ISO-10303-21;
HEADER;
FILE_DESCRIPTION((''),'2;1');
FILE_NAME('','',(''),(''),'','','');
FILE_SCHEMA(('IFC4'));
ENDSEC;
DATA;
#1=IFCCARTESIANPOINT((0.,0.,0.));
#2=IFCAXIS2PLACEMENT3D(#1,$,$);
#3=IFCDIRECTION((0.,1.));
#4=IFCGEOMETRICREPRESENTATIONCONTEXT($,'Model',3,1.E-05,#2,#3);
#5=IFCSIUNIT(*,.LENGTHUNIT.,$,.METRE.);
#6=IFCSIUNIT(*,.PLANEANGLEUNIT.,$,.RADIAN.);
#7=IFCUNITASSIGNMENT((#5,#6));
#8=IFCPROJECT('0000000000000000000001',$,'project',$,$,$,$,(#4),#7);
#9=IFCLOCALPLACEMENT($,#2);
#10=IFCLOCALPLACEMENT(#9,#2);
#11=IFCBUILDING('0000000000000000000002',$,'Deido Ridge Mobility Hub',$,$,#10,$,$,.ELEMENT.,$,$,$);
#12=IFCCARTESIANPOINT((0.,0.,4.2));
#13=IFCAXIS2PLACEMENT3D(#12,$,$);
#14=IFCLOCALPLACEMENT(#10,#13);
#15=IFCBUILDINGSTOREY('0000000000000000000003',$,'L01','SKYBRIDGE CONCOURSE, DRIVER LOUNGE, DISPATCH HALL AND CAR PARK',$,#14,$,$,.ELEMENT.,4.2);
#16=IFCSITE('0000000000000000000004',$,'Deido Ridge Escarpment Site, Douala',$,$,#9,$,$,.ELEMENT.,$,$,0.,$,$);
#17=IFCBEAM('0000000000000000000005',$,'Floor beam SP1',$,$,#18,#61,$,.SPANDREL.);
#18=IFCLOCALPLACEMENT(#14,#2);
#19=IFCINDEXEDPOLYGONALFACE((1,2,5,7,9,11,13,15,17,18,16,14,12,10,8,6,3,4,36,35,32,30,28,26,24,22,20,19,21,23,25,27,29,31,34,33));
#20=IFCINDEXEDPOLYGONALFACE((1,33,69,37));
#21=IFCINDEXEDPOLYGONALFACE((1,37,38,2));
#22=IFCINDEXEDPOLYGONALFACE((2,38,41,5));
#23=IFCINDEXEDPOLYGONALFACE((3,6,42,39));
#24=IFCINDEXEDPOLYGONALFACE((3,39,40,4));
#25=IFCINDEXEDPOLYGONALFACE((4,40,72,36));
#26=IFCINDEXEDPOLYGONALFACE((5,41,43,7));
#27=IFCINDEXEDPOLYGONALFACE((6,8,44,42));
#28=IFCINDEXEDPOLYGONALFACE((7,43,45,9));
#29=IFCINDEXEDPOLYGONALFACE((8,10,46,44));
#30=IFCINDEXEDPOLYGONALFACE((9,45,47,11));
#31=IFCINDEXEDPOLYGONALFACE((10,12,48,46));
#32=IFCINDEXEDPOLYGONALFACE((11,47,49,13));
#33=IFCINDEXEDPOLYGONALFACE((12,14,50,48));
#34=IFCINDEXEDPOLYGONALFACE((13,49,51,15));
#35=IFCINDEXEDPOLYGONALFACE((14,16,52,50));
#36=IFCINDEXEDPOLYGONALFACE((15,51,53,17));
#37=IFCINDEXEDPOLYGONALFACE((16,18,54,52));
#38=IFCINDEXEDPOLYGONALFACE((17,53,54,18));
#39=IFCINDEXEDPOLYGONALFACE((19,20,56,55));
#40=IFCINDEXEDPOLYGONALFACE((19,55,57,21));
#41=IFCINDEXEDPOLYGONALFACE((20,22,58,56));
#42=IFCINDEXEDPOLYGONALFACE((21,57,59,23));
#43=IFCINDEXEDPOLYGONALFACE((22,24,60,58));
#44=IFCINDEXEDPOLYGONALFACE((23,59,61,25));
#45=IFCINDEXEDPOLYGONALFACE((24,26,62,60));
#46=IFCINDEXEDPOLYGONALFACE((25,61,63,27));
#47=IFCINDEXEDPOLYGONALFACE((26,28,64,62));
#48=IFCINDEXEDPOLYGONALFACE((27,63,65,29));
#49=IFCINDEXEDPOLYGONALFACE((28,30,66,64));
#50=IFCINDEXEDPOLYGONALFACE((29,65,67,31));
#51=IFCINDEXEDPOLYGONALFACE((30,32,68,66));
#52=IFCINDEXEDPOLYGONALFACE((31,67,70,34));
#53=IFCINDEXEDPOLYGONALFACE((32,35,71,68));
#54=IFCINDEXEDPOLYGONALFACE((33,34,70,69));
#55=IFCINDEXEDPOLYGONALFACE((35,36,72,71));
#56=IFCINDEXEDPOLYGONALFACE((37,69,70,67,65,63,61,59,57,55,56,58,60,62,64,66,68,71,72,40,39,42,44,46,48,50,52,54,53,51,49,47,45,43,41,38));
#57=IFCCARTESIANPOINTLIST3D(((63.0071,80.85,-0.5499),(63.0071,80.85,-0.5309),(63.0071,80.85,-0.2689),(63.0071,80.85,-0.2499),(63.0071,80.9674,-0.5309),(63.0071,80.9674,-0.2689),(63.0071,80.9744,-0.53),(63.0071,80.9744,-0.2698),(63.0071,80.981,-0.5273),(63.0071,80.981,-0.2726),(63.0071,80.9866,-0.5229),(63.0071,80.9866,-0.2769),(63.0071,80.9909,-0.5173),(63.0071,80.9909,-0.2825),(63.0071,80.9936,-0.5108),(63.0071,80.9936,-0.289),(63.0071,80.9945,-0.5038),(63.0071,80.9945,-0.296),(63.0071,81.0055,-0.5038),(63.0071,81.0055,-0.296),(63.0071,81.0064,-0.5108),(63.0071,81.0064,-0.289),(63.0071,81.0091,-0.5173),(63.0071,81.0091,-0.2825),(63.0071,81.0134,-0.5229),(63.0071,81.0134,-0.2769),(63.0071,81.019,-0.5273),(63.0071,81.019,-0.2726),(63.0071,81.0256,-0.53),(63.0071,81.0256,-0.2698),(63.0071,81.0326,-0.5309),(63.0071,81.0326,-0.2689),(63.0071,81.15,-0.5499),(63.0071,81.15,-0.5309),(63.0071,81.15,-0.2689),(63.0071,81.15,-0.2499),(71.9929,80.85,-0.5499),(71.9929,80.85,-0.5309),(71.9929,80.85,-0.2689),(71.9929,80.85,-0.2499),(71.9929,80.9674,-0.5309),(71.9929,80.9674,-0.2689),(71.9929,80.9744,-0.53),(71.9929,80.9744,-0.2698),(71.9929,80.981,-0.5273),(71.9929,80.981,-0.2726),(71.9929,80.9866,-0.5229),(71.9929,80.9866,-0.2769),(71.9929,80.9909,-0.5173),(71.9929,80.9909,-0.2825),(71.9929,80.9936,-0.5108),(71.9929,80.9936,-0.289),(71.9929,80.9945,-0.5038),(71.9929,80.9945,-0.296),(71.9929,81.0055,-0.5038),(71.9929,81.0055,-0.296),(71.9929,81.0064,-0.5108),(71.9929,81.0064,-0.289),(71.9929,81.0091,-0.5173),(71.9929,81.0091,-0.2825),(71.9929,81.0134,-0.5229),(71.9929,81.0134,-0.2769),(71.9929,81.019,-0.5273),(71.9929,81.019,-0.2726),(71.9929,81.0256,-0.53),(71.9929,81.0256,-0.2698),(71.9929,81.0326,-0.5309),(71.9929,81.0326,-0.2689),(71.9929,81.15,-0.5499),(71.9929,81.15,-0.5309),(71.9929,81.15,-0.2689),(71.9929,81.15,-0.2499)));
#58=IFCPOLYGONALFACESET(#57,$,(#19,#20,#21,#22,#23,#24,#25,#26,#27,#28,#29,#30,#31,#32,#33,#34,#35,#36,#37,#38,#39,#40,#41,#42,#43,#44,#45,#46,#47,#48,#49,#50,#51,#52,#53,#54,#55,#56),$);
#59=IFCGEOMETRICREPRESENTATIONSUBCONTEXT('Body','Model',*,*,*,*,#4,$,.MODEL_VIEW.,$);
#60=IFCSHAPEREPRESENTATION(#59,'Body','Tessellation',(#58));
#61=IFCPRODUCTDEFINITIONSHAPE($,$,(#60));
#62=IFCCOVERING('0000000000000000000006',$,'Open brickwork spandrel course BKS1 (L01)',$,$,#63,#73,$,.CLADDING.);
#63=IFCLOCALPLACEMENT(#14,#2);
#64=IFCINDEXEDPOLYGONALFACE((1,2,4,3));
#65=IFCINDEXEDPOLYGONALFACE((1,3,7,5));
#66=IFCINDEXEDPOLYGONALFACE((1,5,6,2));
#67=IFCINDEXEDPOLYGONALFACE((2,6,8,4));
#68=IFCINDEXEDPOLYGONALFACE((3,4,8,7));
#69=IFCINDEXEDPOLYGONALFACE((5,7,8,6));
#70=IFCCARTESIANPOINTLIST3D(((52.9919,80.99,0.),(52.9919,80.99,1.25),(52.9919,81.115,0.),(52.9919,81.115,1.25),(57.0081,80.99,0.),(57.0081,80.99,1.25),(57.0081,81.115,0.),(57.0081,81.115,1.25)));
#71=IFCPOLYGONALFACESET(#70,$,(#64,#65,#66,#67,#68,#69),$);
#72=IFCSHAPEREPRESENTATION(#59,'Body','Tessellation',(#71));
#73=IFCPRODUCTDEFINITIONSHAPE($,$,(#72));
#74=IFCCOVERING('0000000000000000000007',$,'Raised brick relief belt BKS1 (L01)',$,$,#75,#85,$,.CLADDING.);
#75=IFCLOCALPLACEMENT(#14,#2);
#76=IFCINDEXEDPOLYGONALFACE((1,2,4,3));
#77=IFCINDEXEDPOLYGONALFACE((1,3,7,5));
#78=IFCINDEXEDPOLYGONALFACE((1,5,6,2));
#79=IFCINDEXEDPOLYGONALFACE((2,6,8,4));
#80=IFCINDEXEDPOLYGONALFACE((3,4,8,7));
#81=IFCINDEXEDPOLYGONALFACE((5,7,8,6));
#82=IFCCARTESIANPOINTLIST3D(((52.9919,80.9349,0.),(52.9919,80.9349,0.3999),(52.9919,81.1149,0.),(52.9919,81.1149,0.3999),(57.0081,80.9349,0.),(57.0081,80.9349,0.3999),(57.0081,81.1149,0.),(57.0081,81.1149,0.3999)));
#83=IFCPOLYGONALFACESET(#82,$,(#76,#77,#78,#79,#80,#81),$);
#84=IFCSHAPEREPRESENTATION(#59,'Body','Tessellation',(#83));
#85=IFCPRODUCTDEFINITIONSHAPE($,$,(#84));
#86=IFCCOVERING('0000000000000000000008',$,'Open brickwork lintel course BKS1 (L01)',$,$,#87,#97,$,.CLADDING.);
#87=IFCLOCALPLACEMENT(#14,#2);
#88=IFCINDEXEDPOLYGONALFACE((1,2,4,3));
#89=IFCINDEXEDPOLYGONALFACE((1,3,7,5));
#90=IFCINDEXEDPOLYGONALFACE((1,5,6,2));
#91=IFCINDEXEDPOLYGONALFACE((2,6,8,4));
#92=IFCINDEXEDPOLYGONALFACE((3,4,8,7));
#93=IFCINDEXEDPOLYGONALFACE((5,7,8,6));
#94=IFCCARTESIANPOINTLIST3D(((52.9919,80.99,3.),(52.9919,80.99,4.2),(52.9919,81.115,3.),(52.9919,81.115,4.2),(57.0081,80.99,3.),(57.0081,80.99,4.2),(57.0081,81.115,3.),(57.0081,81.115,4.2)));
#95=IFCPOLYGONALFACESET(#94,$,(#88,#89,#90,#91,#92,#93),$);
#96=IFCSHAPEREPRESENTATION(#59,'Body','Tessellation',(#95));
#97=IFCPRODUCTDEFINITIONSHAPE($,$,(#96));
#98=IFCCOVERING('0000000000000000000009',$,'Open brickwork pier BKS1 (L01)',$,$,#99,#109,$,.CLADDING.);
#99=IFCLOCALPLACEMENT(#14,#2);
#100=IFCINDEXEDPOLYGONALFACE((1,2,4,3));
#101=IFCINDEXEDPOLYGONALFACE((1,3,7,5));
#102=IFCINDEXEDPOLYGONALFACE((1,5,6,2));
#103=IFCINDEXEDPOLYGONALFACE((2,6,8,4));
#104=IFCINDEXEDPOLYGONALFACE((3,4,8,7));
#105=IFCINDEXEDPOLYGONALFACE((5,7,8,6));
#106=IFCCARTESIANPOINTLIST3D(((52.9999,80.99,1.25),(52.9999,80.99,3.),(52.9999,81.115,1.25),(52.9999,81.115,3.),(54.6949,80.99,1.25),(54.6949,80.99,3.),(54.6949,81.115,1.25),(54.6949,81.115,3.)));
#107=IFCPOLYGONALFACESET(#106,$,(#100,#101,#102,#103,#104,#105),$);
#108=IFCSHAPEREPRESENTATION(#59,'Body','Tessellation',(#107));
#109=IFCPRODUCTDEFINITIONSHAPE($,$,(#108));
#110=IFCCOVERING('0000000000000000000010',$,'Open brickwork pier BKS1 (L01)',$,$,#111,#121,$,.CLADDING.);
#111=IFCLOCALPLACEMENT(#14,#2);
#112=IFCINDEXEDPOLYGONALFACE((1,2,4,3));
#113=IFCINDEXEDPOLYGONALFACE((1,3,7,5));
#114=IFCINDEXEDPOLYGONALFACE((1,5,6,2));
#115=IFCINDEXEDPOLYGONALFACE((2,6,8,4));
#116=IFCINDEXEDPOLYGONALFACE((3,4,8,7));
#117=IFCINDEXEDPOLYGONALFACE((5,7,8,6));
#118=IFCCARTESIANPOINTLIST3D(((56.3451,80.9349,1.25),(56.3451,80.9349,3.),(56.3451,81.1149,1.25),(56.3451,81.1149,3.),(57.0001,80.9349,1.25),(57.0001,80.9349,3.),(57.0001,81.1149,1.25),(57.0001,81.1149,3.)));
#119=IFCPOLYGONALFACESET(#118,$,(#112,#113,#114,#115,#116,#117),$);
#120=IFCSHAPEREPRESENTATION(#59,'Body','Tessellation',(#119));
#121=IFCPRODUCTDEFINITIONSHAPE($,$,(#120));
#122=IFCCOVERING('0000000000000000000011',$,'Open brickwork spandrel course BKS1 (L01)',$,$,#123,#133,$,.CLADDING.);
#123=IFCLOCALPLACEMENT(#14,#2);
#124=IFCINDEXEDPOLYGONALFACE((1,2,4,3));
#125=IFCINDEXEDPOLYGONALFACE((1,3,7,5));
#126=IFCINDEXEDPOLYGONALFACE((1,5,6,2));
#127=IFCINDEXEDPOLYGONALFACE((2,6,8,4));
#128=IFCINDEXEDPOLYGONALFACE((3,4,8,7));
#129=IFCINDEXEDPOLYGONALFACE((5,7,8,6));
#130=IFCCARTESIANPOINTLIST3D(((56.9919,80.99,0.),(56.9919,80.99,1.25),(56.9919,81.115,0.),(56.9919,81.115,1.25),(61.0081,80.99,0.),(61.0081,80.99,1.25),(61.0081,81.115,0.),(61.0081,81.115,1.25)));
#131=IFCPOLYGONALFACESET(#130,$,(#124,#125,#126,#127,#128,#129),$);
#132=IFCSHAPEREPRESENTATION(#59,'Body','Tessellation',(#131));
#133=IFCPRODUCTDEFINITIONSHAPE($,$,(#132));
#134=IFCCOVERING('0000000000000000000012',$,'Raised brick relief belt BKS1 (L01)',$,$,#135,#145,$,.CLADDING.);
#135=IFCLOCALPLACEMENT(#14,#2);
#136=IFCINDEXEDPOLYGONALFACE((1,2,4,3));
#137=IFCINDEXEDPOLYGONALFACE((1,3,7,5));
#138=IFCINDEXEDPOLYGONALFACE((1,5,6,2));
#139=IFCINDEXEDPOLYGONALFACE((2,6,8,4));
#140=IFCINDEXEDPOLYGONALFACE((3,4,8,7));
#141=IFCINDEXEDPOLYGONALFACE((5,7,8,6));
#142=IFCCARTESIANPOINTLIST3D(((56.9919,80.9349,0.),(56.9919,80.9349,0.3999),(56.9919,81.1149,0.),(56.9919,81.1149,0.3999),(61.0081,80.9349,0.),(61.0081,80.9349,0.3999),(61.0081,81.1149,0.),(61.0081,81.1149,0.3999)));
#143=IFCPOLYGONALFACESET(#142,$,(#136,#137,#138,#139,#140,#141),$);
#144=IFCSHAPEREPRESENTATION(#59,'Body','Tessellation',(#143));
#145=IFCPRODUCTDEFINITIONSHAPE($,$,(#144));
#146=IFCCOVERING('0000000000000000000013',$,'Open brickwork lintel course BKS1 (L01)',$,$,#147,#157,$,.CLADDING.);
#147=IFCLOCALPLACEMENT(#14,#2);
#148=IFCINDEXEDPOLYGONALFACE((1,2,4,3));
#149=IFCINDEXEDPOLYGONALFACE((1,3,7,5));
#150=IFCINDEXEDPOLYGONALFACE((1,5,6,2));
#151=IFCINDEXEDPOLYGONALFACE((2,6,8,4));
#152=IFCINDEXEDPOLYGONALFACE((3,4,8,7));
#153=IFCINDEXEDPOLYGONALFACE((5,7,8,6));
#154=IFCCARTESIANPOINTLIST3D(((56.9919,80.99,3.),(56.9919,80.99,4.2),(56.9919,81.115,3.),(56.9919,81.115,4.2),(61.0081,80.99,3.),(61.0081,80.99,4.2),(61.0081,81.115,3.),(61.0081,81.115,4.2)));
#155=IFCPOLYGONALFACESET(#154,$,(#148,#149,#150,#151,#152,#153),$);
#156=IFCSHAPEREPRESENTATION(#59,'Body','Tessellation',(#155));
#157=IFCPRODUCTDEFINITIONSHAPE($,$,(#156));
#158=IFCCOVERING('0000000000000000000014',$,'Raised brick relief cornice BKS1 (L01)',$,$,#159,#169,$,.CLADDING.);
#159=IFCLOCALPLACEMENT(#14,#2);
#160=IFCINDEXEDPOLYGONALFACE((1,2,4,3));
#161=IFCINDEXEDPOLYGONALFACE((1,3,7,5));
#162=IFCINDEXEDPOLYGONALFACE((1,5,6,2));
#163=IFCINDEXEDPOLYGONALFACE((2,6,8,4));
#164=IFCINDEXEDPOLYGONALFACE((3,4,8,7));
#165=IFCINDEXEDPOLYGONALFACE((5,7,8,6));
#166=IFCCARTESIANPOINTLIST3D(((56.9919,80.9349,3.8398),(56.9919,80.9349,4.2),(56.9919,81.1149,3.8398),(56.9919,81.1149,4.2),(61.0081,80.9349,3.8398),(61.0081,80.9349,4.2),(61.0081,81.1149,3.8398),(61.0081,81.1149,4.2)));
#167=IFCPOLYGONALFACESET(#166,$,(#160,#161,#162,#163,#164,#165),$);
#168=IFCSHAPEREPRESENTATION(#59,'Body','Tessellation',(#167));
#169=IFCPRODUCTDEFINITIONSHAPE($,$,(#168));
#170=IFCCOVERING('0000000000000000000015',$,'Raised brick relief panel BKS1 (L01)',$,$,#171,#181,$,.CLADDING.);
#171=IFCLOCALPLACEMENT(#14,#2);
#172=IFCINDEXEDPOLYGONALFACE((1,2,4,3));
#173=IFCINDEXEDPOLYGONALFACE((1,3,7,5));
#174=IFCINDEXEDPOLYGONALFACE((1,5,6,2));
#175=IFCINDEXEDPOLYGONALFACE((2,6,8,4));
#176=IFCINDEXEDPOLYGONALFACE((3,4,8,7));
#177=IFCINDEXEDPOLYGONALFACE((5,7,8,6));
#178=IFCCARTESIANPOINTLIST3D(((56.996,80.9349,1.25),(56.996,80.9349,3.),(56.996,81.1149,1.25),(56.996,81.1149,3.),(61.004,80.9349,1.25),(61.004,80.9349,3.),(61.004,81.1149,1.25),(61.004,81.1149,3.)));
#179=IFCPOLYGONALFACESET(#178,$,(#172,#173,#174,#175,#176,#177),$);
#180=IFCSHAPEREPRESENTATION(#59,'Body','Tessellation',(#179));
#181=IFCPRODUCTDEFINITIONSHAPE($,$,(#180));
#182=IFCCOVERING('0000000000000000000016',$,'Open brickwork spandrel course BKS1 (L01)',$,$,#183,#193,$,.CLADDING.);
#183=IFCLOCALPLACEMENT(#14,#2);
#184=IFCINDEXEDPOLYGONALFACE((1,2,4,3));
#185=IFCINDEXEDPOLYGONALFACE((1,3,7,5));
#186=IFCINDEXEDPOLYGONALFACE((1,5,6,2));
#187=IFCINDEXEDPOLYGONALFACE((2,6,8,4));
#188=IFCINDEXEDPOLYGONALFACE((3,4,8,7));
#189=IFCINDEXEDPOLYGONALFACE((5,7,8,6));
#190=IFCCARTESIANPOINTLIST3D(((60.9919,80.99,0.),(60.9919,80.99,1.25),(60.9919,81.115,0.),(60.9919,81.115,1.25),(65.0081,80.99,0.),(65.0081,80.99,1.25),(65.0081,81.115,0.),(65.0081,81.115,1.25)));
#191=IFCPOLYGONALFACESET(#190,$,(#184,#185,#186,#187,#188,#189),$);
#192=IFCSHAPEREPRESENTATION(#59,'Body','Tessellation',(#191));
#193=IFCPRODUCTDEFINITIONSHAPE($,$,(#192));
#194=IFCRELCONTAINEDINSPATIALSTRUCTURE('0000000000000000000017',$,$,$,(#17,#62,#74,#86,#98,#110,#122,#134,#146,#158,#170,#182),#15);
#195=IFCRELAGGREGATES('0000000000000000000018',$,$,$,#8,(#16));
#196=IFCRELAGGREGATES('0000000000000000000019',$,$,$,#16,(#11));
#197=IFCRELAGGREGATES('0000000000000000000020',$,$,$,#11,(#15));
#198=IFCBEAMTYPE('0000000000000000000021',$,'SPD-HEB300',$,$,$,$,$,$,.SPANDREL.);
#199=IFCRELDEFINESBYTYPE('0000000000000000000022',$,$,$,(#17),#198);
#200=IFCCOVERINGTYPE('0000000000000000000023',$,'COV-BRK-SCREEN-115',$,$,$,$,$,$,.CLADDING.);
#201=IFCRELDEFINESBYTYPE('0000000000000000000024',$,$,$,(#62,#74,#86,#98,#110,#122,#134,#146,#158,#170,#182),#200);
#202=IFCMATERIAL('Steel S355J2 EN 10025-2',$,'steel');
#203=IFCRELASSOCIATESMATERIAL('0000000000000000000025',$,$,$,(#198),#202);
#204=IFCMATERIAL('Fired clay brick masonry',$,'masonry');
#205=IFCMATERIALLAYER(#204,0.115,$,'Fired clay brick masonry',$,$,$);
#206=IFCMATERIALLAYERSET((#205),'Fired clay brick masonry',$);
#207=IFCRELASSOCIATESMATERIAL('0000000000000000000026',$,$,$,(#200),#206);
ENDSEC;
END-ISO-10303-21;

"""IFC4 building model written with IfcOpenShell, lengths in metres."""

from ifc_helpers import new_model, si_unit, direction, frame, origin, origin_2d, place, context, subcontext, project, spatial, rectangle, i_section, extrude, material, layer, layer_set, material_profile, profile_set, type_object, element, save


model = new_model("IFC4")

# Units and contexts
model_context = context("Model", 3, precision=1e-05, world=origin(), true_north=direction((0.0, 1.0)))
body_context = subcontext(model_context, "Body", "Model", "MODEL_VIEW")
ifc_project = project(units=[si_unit("LENGTHUNIT", "METRE"), si_unit("PLANEANGLEUNIT", "RADIAN")], contexts=[model_context])

# Site, building, storey
site_placement = place(None, origin())
site = spatial("IfcSite", under=ifc_project, at=site_placement, Name="Deido Ridge Escarpment Site, Douala", CompositionType="ELEMENT", RefElevation=0.0)
building_placement = place(site_placement, origin())
building = spatial("IfcBuilding", under=site, at=building_placement, Name="Deido Ridge Mobility Hub", CompositionType="ELEMENT")
storey_placement = place(building_placement, frame((0.0, 0.0, 4.2)))
storey = spatial("IfcBuildingStorey", under=building, at=storey_placement, Name="L01", Description="SKYBRIDGE CONCOURSE, DRIVER LOUNGE, DISPATCH HALL AND CAR PARK", CompositionType="ELEMENT", Elevation=4.2)

# Shared definitions
ifc_material_1 = material(Name="Steel S355J2 EN 10025-2", Category="steel")

# Beam
ifc_material_profile_1 = material_profile(ifc_material_1, i_section(OverallWidth=0.3, OverallDepth=0.3, WebThickness=0.011, FlangeThickness=0.019, FilletRadius=0.0271, at=origin_2d()), Name="HEB 300")
ifc_profile_set_1 = profile_set([ifc_material_profile_1], Name="Steel S355J2 EN 10025-2")
beam_type_1 = type_object("IfcBeamType", Name="SPD-HEB300", PredefinedType="SPANDREL", material=ifc_profile_set_1)
for number, where, z_axis, x_axis, name in (
    (1, (63.0071, 81.0, -0.3999), (1.0, 0.0, 0.0), (0.0, 1.0, 0.0), "Floor beam SP1"),
):
    element("IfcBeam", number, at=place(storey_placement, frame(where, z_axis=z_axis, x_axis=x_axis)), inside=storey, type_object=beam_type_1, Name=name, PredefinedType="SPANDREL", context=body_context, shape_type="SweptSolid", body=[
        extrude(i_section(OverallWidth=0.3, OverallDepth=0.3, WebThickness=0.011, FlangeThickness=0.019, FilletRadius=0.0271, at=origin_2d()), origin(), (0.0, 0.0, 1.0), 8.9858),
    ])

# Coverings
ifc_material_2 = material(Name="Fired clay brick masonry", Category="masonry")
ifc_layer = layer(ifc_material_2, 0.115, Name="Fired clay brick masonry")
ifc_layer_set = layer_set([ifc_layer], Name="Fired clay brick masonry")
covering_type = type_object("IfcCoveringType", Name="COV-BRK-SCREEN-115", PredefinedType="CLADDING", material=ifc_layer_set)
covering_1_placement = place(storey_placement, frame((55.0, 81.0525, 0.0), z_axis=(0.0, 0.0, 1.0), x_axis=(1.0, 0.0, 0.0)))
element("IfcCovering", 2, at=covering_1_placement, inside=storey, type_object=covering_type, Name="Open brickwork spandrel course BKS1 (L01)", PredefinedType="CLADDING", context=body_context, shape_type="SweptSolid", body=[
    extrude(rectangle(XDim=4.0161, YDim=0.125, at=origin_2d()), origin(), (0.0, 0.0, 1.0), 1.25),
])
covering_2_placement = place(storey_placement, frame((55.0, 81.0249, 0.0), z_axis=(0.0, 0.0, 1.0), x_axis=(1.0, 0.0, 0.0)))
element("IfcCovering", 3, at=covering_2_placement, inside=storey, type_object=covering_type, Name="Raised brick relief belt BKS1 (L01)", PredefinedType="CLADDING", context=body_context, shape_type="SweptSolid", body=[
    extrude(rectangle(XDim=4.0161, YDim=0.1799, at=origin_2d()), origin(), (0.0, 0.0, 1.0), 0.3999),
])
covering_3_placement = place(storey_placement, frame((55.0, 81.0525, 3.0), z_axis=(0.0, 0.0, 1.0), x_axis=(1.0, 0.0, 0.0)))
element("IfcCovering", 4, at=covering_3_placement, inside=storey, type_object=covering_type, Name="Open brickwork lintel course BKS1 (L01)", PredefinedType="CLADDING", context=body_context, shape_type="SweptSolid", body=[
    extrude(rectangle(XDim=4.0161, YDim=0.125, at=origin_2d()), origin(), (0.0, 0.0, 1.0), 1.2),
])
covering_4_placement = place(storey_placement, frame((53.8474, 81.0525, 1.25), z_axis=(0.0, 0.0, 1.0), x_axis=(1.0, 0.0, 0.0)))
element("IfcCovering", 5, at=covering_4_placement, inside=storey, type_object=covering_type, Name="Open brickwork pier BKS1 (L01)", PredefinedType="CLADDING", context=body_context, shape_type="SweptSolid", body=[
    extrude(rectangle(XDim=1.6951, YDim=0.125, at=origin_2d()), origin(), (0.0, 0.0, 1.0), 1.75),
])
covering_5_placement = place(storey_placement, frame((56.6726, 81.0249, 1.25), z_axis=(0.0, 0.0, 1.0), x_axis=(1.0, 0.0, 0.0)))
element("IfcCovering", 6, at=covering_5_placement, inside=storey, type_object=covering_type, Name="Open brickwork pier BKS1 (L01)", PredefinedType="CLADDING", context=body_context, shape_type="SweptSolid", body=[
    extrude(rectangle(XDim=0.655, YDim=0.1799, at=origin_2d()), origin(), (0.0, 0.0, 1.0), 1.75),
])
covering_6_placement = place(storey_placement, frame((59.0, 81.0525, 0.0), z_axis=(0.0, 0.0, 1.0), x_axis=(1.0, 0.0, 0.0)))
element("IfcCovering", 7, at=covering_6_placement, inside=storey, type_object=covering_type, Name="Open brickwork spandrel course BKS1 (L01)", PredefinedType="CLADDING", context=body_context, shape_type="SweptSolid", body=[
    extrude(rectangle(XDim=4.0161, YDim=0.125, at=origin_2d()), origin(), (0.0, 0.0, 1.0), 1.25),
])
covering_7_placement = place(storey_placement, frame((59.0, 81.0249, 0.0), z_axis=(0.0, 0.0, 1.0), x_axis=(1.0, 0.0, 0.0)))
element("IfcCovering", 8, at=covering_7_placement, inside=storey, type_object=covering_type, Name="Raised brick relief belt BKS1 (L01)", PredefinedType="CLADDING", context=body_context, shape_type="SweptSolid", body=[
    extrude(rectangle(XDim=4.0161, YDim=0.1799, at=origin_2d()), origin(), (0.0, 0.0, 1.0), 0.3999),
])
covering_8_placement = place(storey_placement, frame((59.0, 81.0525, 3.0), z_axis=(0.0, 0.0, 1.0), x_axis=(1.0, 0.0, 0.0)))
element("IfcCovering", 9, at=covering_8_placement, inside=storey, type_object=covering_type, Name="Open brickwork lintel course BKS1 (L01)", PredefinedType="CLADDING", context=body_context, shape_type="SweptSolid", body=[
    extrude(rectangle(XDim=4.0161, YDim=0.125, at=origin_2d()), origin(), (0.0, 0.0, 1.0), 1.2),
])
covering_9_placement = place(storey_placement, frame((59.0, 81.0249, 3.8398), z_axis=(0.0, 0.0, 1.0), x_axis=(1.0, 0.0, 0.0)))
element("IfcCovering", 10, at=covering_9_placement, inside=storey, type_object=covering_type, Name="Raised brick relief cornice BKS1 (L01)", PredefinedType="CLADDING", context=body_context, shape_type="SweptSolid", body=[
    extrude(rectangle(XDim=4.0161, YDim=0.1799, at=origin_2d()), origin(), (0.0, 0.0, 1.0), 0.3601),
])
covering_10_placement = place(storey_placement, frame((59.0, 81.0249, 1.25), z_axis=(0.0, 0.0, 1.0), x_axis=(1.0, 0.0, 0.0)))
element("IfcCovering", 11, at=covering_10_placement, inside=storey, type_object=covering_type, Name="Raised brick relief panel BKS1 (L01)", PredefinedType="CLADDING", context=body_context, shape_type="SweptSolid", body=[
    extrude(rectangle(XDim=4.0081, YDim=0.1799, at=origin_2d()), origin(), (0.0, 0.0, 1.0), 1.75),
])
covering_11_placement = place(storey_placement, frame((63.0, 81.0525, 0.0), z_axis=(0.0, 0.0, 1.0), x_axis=(1.0, 0.0, 0.0)))
element("IfcCovering", 12, at=covering_11_placement, inside=storey, type_object=covering_type, Name="Open brickwork spandrel course BKS1 (L01)", PredefinedType="CLADDING", context=body_context, shape_type="SweptSolid", body=[
    extrude(rectangle(XDim=4.0161, YDim=0.125, at=origin_2d()), origin(), (0.0, 0.0, 1.0), 1.25),
])

save(model, "model.ifc")
